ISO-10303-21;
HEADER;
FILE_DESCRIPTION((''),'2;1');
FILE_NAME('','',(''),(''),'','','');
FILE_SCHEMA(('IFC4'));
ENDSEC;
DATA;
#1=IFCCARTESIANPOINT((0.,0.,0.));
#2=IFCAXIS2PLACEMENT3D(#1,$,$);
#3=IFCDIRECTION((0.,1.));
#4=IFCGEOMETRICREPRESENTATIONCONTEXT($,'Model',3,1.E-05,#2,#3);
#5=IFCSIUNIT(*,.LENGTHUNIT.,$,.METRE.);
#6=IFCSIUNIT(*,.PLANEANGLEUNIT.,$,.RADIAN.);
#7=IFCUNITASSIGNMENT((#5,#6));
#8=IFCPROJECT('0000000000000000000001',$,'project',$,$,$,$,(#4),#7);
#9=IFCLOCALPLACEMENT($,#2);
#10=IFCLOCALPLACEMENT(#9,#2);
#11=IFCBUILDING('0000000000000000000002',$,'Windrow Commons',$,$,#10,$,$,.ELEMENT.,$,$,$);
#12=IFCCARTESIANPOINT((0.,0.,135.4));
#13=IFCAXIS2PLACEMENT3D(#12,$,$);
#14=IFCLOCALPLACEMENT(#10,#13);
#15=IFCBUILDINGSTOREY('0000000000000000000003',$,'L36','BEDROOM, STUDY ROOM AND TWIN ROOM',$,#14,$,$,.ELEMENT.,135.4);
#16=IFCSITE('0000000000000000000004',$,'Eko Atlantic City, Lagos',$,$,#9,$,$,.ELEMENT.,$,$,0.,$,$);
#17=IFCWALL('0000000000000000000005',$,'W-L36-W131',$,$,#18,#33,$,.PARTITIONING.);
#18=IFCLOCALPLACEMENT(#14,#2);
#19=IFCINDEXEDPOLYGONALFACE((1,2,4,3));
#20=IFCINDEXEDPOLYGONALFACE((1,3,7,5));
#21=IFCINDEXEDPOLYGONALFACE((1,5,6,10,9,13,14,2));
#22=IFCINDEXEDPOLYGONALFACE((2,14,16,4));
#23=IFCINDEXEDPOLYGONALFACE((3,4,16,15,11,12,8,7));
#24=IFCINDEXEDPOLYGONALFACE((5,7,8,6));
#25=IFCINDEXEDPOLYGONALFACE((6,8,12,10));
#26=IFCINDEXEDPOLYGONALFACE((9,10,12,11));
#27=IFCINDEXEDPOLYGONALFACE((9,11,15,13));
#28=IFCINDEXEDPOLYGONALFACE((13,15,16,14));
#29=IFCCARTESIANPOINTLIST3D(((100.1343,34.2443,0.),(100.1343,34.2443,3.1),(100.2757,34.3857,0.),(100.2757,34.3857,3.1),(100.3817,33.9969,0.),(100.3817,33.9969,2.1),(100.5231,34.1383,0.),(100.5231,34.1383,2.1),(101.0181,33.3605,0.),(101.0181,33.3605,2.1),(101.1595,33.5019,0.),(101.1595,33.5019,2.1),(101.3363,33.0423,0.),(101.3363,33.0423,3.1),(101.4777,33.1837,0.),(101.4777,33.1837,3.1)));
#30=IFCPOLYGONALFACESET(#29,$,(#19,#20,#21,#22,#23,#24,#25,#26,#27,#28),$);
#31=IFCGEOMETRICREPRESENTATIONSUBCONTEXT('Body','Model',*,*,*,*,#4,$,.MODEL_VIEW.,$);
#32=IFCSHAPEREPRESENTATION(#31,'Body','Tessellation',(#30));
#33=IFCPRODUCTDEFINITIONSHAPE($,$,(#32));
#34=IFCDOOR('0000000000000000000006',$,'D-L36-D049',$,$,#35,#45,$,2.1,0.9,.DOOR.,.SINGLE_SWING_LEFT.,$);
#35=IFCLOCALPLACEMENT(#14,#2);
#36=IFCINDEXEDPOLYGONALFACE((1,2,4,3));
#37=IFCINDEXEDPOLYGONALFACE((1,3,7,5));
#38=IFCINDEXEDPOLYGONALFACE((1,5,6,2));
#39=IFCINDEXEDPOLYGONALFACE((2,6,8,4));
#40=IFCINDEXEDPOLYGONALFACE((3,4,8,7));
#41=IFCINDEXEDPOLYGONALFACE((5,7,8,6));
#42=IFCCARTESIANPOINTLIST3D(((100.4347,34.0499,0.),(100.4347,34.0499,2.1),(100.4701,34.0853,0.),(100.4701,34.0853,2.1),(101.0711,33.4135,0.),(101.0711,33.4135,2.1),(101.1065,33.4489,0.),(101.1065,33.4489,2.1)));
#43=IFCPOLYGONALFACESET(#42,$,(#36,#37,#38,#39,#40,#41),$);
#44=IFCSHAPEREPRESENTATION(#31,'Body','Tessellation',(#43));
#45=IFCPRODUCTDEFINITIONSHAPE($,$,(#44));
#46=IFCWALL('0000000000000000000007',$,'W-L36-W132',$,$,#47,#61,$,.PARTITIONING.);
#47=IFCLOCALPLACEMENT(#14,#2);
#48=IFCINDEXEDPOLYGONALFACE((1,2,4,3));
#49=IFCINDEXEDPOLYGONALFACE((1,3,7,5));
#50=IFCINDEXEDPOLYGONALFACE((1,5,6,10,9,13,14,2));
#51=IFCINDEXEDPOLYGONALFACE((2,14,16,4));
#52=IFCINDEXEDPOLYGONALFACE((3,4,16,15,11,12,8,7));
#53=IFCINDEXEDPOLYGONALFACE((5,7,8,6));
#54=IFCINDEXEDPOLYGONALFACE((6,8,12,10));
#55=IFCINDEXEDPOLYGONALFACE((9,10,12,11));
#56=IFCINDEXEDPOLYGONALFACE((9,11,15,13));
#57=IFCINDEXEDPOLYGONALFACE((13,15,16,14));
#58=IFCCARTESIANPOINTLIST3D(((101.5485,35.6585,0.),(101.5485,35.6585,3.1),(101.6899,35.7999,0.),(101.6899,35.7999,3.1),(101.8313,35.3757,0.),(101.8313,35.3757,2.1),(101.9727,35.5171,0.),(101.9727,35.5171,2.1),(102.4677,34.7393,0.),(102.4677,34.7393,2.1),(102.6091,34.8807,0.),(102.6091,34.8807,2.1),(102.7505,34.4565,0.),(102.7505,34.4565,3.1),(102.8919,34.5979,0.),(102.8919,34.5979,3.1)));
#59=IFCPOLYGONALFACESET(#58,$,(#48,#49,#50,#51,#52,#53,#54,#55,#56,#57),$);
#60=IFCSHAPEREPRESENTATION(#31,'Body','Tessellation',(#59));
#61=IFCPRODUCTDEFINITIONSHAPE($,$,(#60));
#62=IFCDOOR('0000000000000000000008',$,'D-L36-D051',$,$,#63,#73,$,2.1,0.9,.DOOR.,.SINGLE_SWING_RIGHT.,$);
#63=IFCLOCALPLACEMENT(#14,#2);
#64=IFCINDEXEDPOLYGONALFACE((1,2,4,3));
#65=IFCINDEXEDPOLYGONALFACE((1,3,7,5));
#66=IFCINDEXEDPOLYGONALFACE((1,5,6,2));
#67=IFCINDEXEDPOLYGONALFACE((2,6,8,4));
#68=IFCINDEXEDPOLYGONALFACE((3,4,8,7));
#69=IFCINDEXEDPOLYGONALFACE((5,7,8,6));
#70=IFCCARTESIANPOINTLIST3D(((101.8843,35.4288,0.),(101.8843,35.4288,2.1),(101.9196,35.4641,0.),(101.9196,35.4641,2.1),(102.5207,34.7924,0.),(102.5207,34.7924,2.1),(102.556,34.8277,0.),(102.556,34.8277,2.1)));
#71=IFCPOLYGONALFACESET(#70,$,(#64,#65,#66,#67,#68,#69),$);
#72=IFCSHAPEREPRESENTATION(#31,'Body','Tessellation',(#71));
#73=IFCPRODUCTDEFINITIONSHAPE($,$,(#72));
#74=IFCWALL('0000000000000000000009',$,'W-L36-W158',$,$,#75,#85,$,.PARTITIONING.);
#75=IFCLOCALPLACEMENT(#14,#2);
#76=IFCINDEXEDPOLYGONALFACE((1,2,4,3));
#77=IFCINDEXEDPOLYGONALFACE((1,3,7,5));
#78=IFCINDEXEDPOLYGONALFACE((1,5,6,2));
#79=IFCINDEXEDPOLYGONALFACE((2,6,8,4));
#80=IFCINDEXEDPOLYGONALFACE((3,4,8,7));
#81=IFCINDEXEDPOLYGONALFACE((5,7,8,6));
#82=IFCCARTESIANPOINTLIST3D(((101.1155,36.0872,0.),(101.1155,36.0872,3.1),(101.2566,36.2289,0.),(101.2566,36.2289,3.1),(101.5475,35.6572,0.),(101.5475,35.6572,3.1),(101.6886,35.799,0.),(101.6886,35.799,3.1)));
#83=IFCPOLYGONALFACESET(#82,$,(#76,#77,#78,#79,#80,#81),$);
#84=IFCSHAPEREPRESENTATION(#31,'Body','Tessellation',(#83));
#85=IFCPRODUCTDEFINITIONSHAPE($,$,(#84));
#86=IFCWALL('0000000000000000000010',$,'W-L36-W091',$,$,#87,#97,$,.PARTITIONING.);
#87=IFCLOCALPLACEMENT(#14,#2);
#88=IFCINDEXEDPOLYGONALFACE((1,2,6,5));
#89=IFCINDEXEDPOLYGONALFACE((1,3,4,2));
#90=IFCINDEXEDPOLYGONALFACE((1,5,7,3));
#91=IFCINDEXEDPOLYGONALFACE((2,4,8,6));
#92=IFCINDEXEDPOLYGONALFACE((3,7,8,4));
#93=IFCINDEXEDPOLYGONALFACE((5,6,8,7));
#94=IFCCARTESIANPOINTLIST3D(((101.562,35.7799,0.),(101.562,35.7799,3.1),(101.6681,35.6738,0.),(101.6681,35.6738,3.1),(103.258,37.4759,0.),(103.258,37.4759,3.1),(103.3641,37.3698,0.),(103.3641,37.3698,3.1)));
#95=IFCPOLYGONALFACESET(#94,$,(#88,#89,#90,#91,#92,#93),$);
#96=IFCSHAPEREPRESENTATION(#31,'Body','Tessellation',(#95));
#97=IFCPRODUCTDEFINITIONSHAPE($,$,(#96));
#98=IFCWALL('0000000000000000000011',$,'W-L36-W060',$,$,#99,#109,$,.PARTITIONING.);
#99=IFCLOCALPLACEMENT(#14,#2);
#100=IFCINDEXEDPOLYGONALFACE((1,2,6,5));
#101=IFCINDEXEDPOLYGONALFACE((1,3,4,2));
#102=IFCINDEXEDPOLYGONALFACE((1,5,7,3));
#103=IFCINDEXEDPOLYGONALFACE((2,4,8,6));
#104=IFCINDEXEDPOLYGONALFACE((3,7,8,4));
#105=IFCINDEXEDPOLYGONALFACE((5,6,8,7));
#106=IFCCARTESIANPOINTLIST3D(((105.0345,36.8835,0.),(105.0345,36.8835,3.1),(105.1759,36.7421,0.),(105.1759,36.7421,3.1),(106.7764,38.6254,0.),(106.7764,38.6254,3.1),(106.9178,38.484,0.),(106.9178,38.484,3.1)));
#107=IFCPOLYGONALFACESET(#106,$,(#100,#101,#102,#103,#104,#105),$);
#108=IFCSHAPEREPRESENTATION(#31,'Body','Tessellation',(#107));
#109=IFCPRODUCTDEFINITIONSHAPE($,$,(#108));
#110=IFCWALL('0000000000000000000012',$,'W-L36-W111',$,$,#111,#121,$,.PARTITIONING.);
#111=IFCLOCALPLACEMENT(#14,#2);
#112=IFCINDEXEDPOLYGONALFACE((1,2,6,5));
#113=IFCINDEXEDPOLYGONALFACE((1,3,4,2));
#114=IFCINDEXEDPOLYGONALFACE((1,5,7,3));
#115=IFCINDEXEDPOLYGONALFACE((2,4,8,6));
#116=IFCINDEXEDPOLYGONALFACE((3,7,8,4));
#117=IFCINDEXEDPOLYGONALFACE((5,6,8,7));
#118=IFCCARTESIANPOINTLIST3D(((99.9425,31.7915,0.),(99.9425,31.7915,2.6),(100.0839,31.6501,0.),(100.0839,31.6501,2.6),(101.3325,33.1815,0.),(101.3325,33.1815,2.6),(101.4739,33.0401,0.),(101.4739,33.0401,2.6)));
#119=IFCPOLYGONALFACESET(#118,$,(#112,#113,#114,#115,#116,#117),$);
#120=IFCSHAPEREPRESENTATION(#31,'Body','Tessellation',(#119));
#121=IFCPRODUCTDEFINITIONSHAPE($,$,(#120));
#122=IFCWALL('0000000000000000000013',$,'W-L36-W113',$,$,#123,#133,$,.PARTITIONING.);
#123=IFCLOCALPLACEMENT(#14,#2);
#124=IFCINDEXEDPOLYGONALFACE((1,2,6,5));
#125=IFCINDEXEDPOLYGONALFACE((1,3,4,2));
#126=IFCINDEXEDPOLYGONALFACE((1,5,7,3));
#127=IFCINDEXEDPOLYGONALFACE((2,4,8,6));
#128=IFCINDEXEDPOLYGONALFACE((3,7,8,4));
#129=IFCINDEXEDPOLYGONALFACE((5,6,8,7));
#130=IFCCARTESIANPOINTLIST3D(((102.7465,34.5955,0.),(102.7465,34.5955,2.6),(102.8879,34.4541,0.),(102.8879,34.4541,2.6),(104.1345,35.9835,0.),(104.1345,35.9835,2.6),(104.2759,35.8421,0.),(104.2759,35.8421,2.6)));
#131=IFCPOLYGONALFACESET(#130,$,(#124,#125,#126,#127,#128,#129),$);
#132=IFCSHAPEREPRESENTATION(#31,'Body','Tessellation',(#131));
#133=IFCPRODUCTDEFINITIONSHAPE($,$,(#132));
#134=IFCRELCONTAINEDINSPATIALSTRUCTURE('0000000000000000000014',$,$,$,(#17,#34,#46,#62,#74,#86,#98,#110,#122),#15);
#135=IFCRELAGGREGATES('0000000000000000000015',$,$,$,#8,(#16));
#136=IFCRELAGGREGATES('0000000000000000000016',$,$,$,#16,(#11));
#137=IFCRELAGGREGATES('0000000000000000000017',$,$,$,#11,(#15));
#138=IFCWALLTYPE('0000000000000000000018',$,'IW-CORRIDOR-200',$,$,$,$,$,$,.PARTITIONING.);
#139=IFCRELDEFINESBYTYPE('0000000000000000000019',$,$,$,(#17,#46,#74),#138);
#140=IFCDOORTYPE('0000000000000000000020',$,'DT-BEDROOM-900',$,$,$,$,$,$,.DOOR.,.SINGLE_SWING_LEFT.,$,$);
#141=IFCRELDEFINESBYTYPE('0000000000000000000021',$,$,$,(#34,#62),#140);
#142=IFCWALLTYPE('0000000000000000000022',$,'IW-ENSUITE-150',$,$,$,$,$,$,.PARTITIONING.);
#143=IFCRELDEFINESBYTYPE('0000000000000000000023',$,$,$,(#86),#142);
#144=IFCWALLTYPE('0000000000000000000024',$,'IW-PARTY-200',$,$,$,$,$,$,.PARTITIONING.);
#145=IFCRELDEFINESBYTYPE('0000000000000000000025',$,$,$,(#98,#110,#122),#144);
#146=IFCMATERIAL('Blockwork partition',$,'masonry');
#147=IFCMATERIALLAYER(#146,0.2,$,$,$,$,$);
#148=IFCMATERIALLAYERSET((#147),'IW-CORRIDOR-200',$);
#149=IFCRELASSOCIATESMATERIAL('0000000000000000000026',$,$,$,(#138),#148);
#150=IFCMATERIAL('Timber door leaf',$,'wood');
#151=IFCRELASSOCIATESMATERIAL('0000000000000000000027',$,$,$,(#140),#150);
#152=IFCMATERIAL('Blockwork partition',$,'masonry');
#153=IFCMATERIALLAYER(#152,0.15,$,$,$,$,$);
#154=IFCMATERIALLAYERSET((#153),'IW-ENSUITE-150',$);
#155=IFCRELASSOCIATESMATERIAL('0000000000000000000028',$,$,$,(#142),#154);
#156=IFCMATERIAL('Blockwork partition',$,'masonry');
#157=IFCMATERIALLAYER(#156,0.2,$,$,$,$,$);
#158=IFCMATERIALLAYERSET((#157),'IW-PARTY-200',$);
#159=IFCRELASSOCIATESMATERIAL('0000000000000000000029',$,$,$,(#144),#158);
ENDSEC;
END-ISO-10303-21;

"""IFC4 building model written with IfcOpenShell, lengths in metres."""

from ifc_helpers import new_model, si_unit, direction, frame, frame_2d, origin, place, context, subcontext, project, spatial, rectangle, extrude, material, layer, layer_set, type_object, element, fill, save


model = new_model("IFC4")

# Units and contexts
model_context = context("Model", 3, precision=1e-05, world=origin(), true_north=direction((0.0, 1.0)))
body_context = subcontext(model_context, "Body", "Model", "MODEL_VIEW")
ifc_project = project(units=[si_unit("LENGTHUNIT", "METRE"), si_unit("PLANEANGLEUNIT", "RADIAN")], contexts=[model_context])

# Site, building, storey
site_placement = place(None, origin())
site = spatial("IfcSite", under=ifc_project, at=site_placement, Name="Eko Atlantic City, Lagos", CompositionType="ELEMENT", RefElevation=0.0)
building_placement = place(site_placement, origin())
building = spatial("IfcBuilding", under=site, at=building_placement, Name="Windrow Commons", CompositionType="ELEMENT")
storey_placement = place(building_placement, frame((0.0, 0.0, 135.4)))
storey = spatial("IfcBuildingStorey", under=building, at=storey_placement, Name="L36", Description="BEDROOM, STUDY ROOM AND TWIN ROOM", CompositionType="ELEMENT", Elevation=135.4)

# Walls, openings, doors
ifc_material_1 = material(Name="Blockwork partition", Category="masonry")
ifc_layer_1 = layer(ifc_material_1, 0.2)
ifc_layer_set_1 = layer_set([ifc_layer_1], Name="IW-CORRIDOR-200")
wall_type_1 = type_object("IfcWallType", Name="IW-CORRIDOR-200", PredefinedType="PARTITIONING", material=ifc_layer_set_1)
wall_1_placement = place(storey_placement, frame((100.205, 34.315, 0.0), z_axis=(0.0, 0.0, 1.0), x_axis=(0.707107, -0.707107, 0.0)))
wall_1 = element("IfcWall", 1, at=wall_1_placement, inside=storey, type_object=wall_type_1, Name="W-L36-W131", PredefinedType="PARTITIONING", context=body_context, shape_type="SweptSolid", body=[
    extrude(rectangle(XDim=1.6999, YDim=0.2, at=frame_2d((0.8499, 0.0))), origin(), (0.0, 0.0, 1.0), 3.1),
])
opening_1_placement = place(wall_1_placement, frame((0.3499, 0.0, 0.0)))
opening_1 = element("IfcOpeningElement", 2, at=opening_1_placement, cuts=wall_1, PredefinedType="OPENING", context=body_context, shape_type="SweptSolid", body=[
    extrude(rectangle(XDim=0.9, YDim=2.1, at=frame_2d((0.45, 1.05))), frame((0.0, 0.11, 0.0), z_axis=(0.0, -1.0, 0.0), x_axis=(1.0, 0.0, 0.0)), (0.0, 0.0, 1.0), 0.22),
])
ifc_material_2 = material(Name="Timber door leaf", Category="wood")
door_type_1 = type_object("IfcDoorType", Name="DT-BEDROOM-900", OperationType="SINGLE_SWING_LEFT", PredefinedType="DOOR", material=ifc_material_2)
door_1_placement = place(opening_1_placement, origin())
door_1 = element("IfcDoor", 3, at=door_1_placement, inside=storey, type_object=door_type_1, Name="D-L36-D049", OperationType="SINGLE_SWING_LEFT", OverallHeight=2.1, OverallWidth=0.9, PredefinedType="DOOR", context=body_context, shape_type="SweptSolid", body=[
    extrude(rectangle(XDim=0.9, YDim=2.1, at=frame_2d((0.45, 1.05))), frame((0.0, 0.025, 0.0), z_axis=(0.0, -1.0, 0.0), x_axis=(1.0, 0.0, 0.0)), (0.0, 0.0, 1.0), 0.05),
])
fill(opening_1, door_1)
wall_2_placement = place(storey_placement, frame((101.6192, 35.7292, 0.0), z_axis=(0.0, 0.0, 1.0), x_axis=(0.707107, -0.707107, 0.0)))
wall_2 = element("IfcWall", 4, at=wall_2_placement, inside=storey, type_object=wall_type_1, Name="W-L36-W132", PredefinedType="PARTITIONING", context=body_context, shape_type="SweptSolid", body=[
    extrude(rectangle(XDim=1.6999, YDim=0.2, at=frame_2d((0.8499, 0.0))), origin(), (0.0, 0.0, 1.0), 3.1),
])
opening_2_placement = place(wall_2_placement, frame((0.3999, 0.0, 0.0)))
opening_2 = element("IfcOpeningElement", 5, at=opening_2_placement, cuts=wall_2, PredefinedType="OPENING", context=body_context, shape_type="SweptSolid", body=[
    extrude(rectangle(XDim=0.9, YDim=2.1, at=frame_2d((0.45, 1.05))), frame((0.0, 0.11, 0.0), z_axis=(0.0, -1.0, 0.0), x_axis=(1.0, 0.0, 0.0)), (0.0, 0.0, 1.0), 0.22),
])
door_2_placement = place(opening_2_placement, origin())
door_2 = element("IfcDoor", 6, at=door_2_placement, inside=storey, type_object=door_type_1, Name="D-L36-D051", OperationType="SINGLE_SWING_RIGHT", OverallHeight=2.1, OverallWidth=0.9, PredefinedType="DOOR", context=body_context, shape_type="SweptSolid", body=[
    extrude(rectangle(XDim=0.9, YDim=2.1, at=frame_2d((0.45, 1.05))), frame((0.0, 0.025, 0.0), z_axis=(0.0, -1.0, 0.0), x_axis=(1.0, 0.0, 0.0)), (0.0, 0.0, 1.0), 0.05),
])
fill(opening_2, door_2)

# Walls
wall_3_placement = place(storey_placement, frame((101.186, 36.1581, 0.0), z_axis=(0.0, 0.0, 1.0), x_axis=(0.708745, -0.705464, 0.0)))
element("IfcWall", 7, at=wall_3_placement, inside=storey, type_object=wall_type_1, Name="W-L36-W158", PredefinedType="PARTITIONING", context=body_context, shape_type="SweptSolid", body=[
    extrude(rectangle(XDim=0.6095, YDim=0.2, at=frame_2d((0.3048, 0.0))), origin(), (0.0, 0.0, 1.0), 3.1),
])
ifc_material_3 = material(Name="Blockwork partition", Category="masonry")
ifc_layer_2 = layer(ifc_material_3, 0.15)
ifc_layer_set_2 = layer_set([ifc_layer_2], Name="IW-ENSUITE-150")
wall_type_2 = type_object("IfcWallType", Name="IW-ENSUITE-150", PredefinedType="PARTITIONING", material=ifc_layer_set_2)
wall_4_placement = place(storey_placement, frame((101.6151, 35.7269, 0.0), z_axis=(0.0, 0.0, 1.0), x_axis=(0.707107, 0.707107, 0.0)))
element("IfcWall", 8, at=wall_4_placement, inside=storey, type_object=wall_type_2, Name="W-L36-W091", PredefinedType="PARTITIONING", context=body_context, shape_type="SweptSolid", body=[
    extrude(rectangle(XDim=2.3985, YDim=0.15, at=frame_2d((1.1992, 0.0))), origin(), (0.0, 0.0, 1.0), 3.1),
])
ifc_material_4 = material(Name="Blockwork partition", Category="masonry")
ifc_layer_3 = layer(ifc_material_4, 0.2)
ifc_layer_set_3 = layer_set([ifc_layer_3], Name="IW-PARTY-200")
wall_type_3 = type_object("IfcWallType", Name="IW-PARTY-200", PredefinedType="PARTITIONING", material=ifc_layer_set_3)
wall_5_placement = place(storey_placement, frame((105.1052, 36.8128, 0.0), z_axis=(0.0, 0.0, 1.0), x_axis=(0.707107, 0.707107, 0.0)))
element("IfcWall", 9, at=wall_5_placement, inside=storey, type_object=wall_type_3, Name="W-L36-W060", PredefinedType="PARTITIONING", context=body_context, shape_type="SweptSolid", body=[
    extrude(rectangle(XDim=2.4634, YDim=0.2, at=frame_2d((1.2317, 0.0))), origin(), (0.0, 0.0, 1.0), 3.1),
])
wall_6_placement = place(storey_placement, frame((100.0132, 31.7208, 0.0), z_axis=(0.0, 0.0, 1.0), x_axis=(0.707107, 0.707107, 0.0)))
element("IfcWall", 10, at=wall_6_placement, inside=storey, type_object=wall_type_3, Name="W-L36-W111", PredefinedType="PARTITIONING", context=body_context, shape_type="SweptSolid", body=[
    extrude(rectangle(XDim=1.9658, YDim=0.2, at=frame_2d((0.9829, 0.0))), origin(), (0.0, 0.0, 1.0), 2.6),
])
wall_7_placement = place(storey_placement, frame((102.8172, 34.5248, 0.0), z_axis=(0.0, 0.0, 1.0), x_axis=(0.707107, 0.707107, 0.0)))
element("IfcWall", 11, at=wall_7_placement, inside=storey, type_object=wall_type_3, Name="W-L36-W113", PredefinedType="PARTITIONING", context=body_context, shape_type="SweptSolid", body=[
    extrude(rectangle(XDim=1.9629, YDim=0.2, at=frame_2d((0.9815, 0.0))), origin(), (0.0, 0.0, 1.0), 2.6),
])

save(model, "model.ifc")
